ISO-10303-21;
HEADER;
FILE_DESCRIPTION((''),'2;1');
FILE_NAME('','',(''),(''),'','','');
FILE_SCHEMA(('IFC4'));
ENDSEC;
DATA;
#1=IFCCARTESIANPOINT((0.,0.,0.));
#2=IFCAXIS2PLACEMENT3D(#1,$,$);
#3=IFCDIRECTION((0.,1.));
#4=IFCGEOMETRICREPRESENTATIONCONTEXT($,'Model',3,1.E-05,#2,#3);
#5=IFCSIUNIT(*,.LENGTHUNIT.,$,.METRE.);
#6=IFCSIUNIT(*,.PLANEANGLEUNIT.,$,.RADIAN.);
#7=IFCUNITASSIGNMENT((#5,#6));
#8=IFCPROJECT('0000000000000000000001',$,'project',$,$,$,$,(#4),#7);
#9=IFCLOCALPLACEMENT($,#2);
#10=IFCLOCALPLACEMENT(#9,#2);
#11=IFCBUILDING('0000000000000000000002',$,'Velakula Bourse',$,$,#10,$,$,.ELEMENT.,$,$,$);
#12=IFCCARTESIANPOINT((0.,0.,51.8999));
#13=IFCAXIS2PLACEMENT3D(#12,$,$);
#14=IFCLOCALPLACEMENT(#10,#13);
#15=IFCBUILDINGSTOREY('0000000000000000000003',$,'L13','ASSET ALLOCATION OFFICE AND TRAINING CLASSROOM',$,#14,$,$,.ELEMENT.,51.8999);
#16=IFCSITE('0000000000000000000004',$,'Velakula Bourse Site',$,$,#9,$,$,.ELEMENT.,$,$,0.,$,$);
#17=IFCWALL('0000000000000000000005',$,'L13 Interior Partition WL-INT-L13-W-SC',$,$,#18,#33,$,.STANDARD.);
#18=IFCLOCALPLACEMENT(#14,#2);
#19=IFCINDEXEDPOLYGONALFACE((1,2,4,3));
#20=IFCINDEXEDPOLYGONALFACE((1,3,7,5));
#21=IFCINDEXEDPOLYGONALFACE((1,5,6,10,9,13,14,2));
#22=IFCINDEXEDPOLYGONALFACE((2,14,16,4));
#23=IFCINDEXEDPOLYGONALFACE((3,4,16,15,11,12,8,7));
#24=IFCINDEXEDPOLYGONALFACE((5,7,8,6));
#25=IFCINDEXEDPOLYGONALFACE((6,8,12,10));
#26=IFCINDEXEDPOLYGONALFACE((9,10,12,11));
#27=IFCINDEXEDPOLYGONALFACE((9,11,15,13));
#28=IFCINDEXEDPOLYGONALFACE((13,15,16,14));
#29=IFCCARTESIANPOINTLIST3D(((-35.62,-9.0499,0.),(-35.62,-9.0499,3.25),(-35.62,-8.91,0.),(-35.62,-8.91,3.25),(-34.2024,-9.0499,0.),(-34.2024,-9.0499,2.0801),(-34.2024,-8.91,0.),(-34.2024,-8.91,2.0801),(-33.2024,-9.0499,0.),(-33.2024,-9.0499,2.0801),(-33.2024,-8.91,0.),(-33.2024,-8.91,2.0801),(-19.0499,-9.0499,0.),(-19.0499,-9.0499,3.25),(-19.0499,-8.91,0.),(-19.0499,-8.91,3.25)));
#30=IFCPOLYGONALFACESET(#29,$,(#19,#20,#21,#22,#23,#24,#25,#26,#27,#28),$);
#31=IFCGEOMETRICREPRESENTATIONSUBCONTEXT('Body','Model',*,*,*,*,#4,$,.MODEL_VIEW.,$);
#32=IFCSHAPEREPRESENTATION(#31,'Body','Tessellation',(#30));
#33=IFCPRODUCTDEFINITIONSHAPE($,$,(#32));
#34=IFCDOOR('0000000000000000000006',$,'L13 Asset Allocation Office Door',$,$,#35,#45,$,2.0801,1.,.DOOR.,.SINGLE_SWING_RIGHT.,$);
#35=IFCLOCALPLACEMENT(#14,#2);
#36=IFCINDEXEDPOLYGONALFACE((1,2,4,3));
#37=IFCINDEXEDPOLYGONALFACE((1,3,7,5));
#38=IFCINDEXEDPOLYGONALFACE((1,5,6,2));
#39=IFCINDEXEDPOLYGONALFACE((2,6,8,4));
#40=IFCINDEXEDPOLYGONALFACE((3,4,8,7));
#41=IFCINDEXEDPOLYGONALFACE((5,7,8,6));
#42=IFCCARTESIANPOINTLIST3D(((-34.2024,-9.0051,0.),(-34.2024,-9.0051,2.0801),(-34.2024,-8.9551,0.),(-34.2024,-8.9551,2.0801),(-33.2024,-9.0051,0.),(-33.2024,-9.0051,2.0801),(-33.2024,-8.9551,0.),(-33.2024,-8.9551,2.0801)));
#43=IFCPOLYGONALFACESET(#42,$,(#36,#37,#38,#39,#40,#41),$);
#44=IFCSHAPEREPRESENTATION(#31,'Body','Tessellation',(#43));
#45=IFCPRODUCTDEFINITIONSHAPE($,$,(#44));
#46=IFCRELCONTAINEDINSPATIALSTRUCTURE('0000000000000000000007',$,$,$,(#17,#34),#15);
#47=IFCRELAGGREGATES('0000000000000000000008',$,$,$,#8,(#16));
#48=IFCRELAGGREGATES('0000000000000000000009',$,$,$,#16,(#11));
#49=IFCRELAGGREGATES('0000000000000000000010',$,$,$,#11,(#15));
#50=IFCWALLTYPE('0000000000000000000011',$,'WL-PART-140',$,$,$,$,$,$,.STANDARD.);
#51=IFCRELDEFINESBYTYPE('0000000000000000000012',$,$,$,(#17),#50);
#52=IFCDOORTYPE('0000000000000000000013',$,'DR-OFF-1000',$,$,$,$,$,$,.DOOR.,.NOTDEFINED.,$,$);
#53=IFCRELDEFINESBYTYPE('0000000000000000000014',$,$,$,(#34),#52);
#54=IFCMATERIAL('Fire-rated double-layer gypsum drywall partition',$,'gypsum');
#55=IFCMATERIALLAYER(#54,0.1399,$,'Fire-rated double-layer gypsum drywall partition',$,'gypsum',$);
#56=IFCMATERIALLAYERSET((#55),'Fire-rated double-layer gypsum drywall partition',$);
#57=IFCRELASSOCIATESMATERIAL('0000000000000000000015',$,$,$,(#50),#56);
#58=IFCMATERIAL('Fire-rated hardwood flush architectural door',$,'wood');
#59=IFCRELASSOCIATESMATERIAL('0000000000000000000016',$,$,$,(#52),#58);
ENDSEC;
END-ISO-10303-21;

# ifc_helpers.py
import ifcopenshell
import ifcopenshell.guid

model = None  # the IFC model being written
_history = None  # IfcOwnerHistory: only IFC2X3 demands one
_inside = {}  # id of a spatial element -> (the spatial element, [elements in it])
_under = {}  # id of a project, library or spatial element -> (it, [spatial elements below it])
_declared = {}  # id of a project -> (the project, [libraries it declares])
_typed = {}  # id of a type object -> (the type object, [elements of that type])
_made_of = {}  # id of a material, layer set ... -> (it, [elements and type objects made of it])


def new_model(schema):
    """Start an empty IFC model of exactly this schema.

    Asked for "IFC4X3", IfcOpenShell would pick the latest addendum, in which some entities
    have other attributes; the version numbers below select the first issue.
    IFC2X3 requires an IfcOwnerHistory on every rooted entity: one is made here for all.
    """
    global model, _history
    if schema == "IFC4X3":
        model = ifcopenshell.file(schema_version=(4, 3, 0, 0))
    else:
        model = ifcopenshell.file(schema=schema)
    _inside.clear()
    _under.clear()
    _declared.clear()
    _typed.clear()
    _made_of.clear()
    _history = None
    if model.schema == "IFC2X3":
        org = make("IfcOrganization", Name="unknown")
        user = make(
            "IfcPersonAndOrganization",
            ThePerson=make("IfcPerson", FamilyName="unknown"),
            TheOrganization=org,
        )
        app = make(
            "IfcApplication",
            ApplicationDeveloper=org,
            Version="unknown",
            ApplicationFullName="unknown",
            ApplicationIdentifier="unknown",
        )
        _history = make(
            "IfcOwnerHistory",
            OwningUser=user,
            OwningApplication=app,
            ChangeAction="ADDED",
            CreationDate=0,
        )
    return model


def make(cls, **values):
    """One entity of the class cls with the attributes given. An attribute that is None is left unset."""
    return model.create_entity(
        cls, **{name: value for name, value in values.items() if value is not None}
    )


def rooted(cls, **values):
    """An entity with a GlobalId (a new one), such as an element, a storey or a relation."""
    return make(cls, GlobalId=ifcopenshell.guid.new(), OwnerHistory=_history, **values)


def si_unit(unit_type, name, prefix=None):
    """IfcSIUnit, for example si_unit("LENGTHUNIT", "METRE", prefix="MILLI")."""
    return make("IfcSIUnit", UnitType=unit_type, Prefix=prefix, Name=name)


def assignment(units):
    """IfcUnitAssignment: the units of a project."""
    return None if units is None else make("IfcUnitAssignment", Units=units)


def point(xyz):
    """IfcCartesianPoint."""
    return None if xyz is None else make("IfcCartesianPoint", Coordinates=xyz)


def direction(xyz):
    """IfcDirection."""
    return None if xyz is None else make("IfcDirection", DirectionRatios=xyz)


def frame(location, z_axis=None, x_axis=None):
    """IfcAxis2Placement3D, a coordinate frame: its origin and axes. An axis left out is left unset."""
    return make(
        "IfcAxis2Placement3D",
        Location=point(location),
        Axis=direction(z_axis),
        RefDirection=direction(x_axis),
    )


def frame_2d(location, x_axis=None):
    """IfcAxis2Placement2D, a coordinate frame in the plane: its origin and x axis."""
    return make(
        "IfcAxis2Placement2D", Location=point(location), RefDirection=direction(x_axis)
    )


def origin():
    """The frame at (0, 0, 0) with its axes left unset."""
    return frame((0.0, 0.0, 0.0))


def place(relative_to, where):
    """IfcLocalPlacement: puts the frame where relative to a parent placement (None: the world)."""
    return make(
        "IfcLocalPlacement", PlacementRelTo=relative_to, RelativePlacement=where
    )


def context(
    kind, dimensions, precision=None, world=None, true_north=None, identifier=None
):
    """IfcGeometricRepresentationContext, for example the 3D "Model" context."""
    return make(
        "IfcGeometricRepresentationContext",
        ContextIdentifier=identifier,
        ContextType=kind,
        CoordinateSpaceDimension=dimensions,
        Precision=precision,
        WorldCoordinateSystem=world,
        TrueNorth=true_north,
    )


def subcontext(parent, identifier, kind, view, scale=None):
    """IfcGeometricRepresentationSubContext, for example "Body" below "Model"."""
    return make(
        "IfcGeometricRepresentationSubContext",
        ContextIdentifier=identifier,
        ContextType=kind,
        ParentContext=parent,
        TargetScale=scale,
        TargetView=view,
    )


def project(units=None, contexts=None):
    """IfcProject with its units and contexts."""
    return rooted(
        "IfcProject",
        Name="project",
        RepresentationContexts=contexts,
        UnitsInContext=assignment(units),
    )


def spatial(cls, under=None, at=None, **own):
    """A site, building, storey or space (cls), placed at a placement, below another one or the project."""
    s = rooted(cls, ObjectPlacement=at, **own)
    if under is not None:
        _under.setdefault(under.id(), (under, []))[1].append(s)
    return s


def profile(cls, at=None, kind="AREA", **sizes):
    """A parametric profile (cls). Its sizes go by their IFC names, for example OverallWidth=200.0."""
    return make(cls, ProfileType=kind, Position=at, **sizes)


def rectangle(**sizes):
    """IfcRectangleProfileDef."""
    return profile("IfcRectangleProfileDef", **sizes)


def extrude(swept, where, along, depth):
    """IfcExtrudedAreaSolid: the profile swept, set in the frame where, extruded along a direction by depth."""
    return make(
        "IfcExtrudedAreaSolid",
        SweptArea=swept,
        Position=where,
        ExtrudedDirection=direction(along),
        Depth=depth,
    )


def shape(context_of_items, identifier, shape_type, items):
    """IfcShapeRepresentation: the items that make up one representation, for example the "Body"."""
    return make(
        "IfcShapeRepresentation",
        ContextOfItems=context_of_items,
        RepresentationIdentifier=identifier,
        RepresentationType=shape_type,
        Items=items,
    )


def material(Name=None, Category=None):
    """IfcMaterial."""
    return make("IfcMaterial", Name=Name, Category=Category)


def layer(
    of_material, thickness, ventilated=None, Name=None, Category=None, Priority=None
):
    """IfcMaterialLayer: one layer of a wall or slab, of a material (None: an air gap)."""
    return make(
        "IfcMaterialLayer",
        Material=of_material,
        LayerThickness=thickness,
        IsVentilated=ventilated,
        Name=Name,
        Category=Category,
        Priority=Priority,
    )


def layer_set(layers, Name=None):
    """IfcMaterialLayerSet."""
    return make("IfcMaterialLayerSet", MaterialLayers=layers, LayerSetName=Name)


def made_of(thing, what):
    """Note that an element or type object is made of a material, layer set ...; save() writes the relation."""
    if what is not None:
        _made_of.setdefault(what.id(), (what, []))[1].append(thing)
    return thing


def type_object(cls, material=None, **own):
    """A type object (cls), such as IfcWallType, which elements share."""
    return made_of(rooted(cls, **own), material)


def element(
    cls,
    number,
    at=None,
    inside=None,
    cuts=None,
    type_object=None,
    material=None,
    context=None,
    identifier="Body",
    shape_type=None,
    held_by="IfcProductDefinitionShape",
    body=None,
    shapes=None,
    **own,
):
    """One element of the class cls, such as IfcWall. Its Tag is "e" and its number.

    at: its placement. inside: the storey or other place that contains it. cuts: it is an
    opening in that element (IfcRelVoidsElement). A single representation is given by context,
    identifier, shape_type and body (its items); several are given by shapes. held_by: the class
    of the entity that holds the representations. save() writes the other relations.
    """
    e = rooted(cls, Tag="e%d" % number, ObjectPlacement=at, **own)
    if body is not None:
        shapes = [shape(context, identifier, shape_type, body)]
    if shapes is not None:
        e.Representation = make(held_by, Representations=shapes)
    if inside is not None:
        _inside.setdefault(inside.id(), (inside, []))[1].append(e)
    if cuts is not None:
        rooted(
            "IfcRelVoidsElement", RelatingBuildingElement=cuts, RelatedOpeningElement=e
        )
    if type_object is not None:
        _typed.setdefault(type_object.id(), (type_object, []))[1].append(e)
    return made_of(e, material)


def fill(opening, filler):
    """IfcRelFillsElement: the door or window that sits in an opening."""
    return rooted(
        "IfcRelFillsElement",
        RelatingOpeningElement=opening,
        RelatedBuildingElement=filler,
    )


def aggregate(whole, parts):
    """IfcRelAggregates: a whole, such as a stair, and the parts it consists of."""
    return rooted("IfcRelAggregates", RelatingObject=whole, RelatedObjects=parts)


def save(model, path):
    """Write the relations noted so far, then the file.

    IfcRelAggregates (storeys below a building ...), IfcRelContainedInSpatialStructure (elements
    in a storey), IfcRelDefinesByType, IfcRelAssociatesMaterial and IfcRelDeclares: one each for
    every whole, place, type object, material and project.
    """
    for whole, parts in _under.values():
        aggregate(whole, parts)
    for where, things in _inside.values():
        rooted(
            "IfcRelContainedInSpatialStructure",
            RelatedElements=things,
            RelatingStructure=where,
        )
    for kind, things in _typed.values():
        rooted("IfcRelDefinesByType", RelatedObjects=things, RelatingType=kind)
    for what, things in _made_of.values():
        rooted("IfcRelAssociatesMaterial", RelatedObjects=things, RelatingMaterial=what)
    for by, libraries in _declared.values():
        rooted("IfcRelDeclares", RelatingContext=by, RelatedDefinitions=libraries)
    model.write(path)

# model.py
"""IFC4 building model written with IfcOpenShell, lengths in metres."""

from ifc_helpers import new_model, si_unit, direction, frame, frame_2d, origin, place, context, subcontext, project, spatial, rectangle, extrude, material, layer, layer_set, type_object, element, fill, save


model = new_model("IFC4")

# Units and contexts
model_context = context("Model", 3, precision=1e-05, world=origin(), true_north=direction((0.0, 1.0)))
body_context = subcontext(model_context, "Body", "Model", "MODEL_VIEW")
ifc_project = project(units=[si_unit("LENGTHUNIT", "METRE"), si_unit("PLANEANGLEUNIT", "RADIAN")], contexts=[model_context])

# Site, building, storey
site_placement = place(None, origin())
site = spatial("IfcSite", under=ifc_project, at=site_placement, Name="Velakula Bourse Site", CompositionType="ELEMENT", RefElevation=0.0)
building_placement = place(site_placement, origin())
building = spatial("IfcBuilding", under=site, at=building_placement, Name="Velakula Bourse", CompositionType="ELEMENT")
storey_placement = place(building_placement, frame((0.0, 0.0, 51.8999)))
storey = spatial("IfcBuildingStorey", under=building, at=storey_placement, Name="L13", Description="ASSET ALLOCATION OFFICE AND TRAINING CLASSROOM", CompositionType="ELEMENT", Elevation=51.8999)

# Shared definitions
ifc_material_1 = material(Name="Fire-rated double-layer gypsum drywall partition", Category="gypsum")
ifc_layer = layer(ifc_material_1, 0.1399, Name="Fire-rated double-layer gypsum drywall partition", Category="gypsum")
ifc_layer_set = layer_set([ifc_layer], Name="Fire-rated double-layer gypsum drywall partition")
wall_type = type_object("IfcWallType", Name="WL-PART-140", PredefinedType="STANDARD", material=ifc_layer_set)
ifc_material_2 = material(Name="Fire-rated hardwood flush architectural door", Category="wood")
door_type_1 = type_object("IfcDoorType", Name="DR-OFF-1000", OperationType="NOTDEFINED", PredefinedType="DOOR", material=ifc_material_2)

# Wall, opening, door
wall_1_placement = place(storey_placement, frame((-35.6201, -8.98, 0.0), z_axis=(0.0, 0.0, 1.0), x_axis=(1.0, 0.0, 0.0)))
wall_1 = element("IfcWall", 1, at=wall_1_placement, inside=storey, type_object=wall_type, Name="L13 Interior Partition WL-INT-L13-W-SC", PredefinedType="STANDARD", context=body_context, shape_type="SweptSolid", body=[
    extrude(rectangle(XDim=16.5701, YDim=0.1399, at=frame_2d((8.2852, 0.0))), origin(), (0.0, 0.0, 1.0), 3.25),
])
opening_1_placement = place(wall_1_placement, frame((1.4177, 0.0, 0.0)))
opening_1 = element("IfcOpeningElement", 2, at=opening_1_placement, cuts=wall_1, PredefinedType="OPENING", context=body_context, shape_type="SweptSolid", body=[
    extrude(rectangle(XDim=1.0, YDim=2.0801, at=frame_2d((0.5, 1.04))), frame((0.0, 0.0798, 0.0), z_axis=(0.0, -1.0, 0.0), x_axis=(1.0, 0.0, 0.0)), (0.0, 0.0, 1.0), 0.1599),
])
door_1_placement = place(opening_1_placement, origin())
door_1 = element("IfcDoor", 3, at=door_1_placement, inside=storey, type_object=door_type_1, Name="L13 Asset Allocation Office Door", OperationType="SINGLE_SWING_RIGHT", OverallHeight=2.0801, OverallWidth=1.0, PredefinedType="DOOR", context=body_context, shape_type="SweptSolid", body=[
    extrude(rectangle(XDim=1.0, YDim=2.0801, at=frame_2d((0.5, 1.04))), frame((0.0, 0.0249, 0.0), z_axis=(0.0, -1.0, 0.0), x_axis=(1.0, 0.0, 0.0)), (0.0, 0.0, 1.0), 0.05),
])
fill(opening_1, door_1)

save(model, "model.ifc")
